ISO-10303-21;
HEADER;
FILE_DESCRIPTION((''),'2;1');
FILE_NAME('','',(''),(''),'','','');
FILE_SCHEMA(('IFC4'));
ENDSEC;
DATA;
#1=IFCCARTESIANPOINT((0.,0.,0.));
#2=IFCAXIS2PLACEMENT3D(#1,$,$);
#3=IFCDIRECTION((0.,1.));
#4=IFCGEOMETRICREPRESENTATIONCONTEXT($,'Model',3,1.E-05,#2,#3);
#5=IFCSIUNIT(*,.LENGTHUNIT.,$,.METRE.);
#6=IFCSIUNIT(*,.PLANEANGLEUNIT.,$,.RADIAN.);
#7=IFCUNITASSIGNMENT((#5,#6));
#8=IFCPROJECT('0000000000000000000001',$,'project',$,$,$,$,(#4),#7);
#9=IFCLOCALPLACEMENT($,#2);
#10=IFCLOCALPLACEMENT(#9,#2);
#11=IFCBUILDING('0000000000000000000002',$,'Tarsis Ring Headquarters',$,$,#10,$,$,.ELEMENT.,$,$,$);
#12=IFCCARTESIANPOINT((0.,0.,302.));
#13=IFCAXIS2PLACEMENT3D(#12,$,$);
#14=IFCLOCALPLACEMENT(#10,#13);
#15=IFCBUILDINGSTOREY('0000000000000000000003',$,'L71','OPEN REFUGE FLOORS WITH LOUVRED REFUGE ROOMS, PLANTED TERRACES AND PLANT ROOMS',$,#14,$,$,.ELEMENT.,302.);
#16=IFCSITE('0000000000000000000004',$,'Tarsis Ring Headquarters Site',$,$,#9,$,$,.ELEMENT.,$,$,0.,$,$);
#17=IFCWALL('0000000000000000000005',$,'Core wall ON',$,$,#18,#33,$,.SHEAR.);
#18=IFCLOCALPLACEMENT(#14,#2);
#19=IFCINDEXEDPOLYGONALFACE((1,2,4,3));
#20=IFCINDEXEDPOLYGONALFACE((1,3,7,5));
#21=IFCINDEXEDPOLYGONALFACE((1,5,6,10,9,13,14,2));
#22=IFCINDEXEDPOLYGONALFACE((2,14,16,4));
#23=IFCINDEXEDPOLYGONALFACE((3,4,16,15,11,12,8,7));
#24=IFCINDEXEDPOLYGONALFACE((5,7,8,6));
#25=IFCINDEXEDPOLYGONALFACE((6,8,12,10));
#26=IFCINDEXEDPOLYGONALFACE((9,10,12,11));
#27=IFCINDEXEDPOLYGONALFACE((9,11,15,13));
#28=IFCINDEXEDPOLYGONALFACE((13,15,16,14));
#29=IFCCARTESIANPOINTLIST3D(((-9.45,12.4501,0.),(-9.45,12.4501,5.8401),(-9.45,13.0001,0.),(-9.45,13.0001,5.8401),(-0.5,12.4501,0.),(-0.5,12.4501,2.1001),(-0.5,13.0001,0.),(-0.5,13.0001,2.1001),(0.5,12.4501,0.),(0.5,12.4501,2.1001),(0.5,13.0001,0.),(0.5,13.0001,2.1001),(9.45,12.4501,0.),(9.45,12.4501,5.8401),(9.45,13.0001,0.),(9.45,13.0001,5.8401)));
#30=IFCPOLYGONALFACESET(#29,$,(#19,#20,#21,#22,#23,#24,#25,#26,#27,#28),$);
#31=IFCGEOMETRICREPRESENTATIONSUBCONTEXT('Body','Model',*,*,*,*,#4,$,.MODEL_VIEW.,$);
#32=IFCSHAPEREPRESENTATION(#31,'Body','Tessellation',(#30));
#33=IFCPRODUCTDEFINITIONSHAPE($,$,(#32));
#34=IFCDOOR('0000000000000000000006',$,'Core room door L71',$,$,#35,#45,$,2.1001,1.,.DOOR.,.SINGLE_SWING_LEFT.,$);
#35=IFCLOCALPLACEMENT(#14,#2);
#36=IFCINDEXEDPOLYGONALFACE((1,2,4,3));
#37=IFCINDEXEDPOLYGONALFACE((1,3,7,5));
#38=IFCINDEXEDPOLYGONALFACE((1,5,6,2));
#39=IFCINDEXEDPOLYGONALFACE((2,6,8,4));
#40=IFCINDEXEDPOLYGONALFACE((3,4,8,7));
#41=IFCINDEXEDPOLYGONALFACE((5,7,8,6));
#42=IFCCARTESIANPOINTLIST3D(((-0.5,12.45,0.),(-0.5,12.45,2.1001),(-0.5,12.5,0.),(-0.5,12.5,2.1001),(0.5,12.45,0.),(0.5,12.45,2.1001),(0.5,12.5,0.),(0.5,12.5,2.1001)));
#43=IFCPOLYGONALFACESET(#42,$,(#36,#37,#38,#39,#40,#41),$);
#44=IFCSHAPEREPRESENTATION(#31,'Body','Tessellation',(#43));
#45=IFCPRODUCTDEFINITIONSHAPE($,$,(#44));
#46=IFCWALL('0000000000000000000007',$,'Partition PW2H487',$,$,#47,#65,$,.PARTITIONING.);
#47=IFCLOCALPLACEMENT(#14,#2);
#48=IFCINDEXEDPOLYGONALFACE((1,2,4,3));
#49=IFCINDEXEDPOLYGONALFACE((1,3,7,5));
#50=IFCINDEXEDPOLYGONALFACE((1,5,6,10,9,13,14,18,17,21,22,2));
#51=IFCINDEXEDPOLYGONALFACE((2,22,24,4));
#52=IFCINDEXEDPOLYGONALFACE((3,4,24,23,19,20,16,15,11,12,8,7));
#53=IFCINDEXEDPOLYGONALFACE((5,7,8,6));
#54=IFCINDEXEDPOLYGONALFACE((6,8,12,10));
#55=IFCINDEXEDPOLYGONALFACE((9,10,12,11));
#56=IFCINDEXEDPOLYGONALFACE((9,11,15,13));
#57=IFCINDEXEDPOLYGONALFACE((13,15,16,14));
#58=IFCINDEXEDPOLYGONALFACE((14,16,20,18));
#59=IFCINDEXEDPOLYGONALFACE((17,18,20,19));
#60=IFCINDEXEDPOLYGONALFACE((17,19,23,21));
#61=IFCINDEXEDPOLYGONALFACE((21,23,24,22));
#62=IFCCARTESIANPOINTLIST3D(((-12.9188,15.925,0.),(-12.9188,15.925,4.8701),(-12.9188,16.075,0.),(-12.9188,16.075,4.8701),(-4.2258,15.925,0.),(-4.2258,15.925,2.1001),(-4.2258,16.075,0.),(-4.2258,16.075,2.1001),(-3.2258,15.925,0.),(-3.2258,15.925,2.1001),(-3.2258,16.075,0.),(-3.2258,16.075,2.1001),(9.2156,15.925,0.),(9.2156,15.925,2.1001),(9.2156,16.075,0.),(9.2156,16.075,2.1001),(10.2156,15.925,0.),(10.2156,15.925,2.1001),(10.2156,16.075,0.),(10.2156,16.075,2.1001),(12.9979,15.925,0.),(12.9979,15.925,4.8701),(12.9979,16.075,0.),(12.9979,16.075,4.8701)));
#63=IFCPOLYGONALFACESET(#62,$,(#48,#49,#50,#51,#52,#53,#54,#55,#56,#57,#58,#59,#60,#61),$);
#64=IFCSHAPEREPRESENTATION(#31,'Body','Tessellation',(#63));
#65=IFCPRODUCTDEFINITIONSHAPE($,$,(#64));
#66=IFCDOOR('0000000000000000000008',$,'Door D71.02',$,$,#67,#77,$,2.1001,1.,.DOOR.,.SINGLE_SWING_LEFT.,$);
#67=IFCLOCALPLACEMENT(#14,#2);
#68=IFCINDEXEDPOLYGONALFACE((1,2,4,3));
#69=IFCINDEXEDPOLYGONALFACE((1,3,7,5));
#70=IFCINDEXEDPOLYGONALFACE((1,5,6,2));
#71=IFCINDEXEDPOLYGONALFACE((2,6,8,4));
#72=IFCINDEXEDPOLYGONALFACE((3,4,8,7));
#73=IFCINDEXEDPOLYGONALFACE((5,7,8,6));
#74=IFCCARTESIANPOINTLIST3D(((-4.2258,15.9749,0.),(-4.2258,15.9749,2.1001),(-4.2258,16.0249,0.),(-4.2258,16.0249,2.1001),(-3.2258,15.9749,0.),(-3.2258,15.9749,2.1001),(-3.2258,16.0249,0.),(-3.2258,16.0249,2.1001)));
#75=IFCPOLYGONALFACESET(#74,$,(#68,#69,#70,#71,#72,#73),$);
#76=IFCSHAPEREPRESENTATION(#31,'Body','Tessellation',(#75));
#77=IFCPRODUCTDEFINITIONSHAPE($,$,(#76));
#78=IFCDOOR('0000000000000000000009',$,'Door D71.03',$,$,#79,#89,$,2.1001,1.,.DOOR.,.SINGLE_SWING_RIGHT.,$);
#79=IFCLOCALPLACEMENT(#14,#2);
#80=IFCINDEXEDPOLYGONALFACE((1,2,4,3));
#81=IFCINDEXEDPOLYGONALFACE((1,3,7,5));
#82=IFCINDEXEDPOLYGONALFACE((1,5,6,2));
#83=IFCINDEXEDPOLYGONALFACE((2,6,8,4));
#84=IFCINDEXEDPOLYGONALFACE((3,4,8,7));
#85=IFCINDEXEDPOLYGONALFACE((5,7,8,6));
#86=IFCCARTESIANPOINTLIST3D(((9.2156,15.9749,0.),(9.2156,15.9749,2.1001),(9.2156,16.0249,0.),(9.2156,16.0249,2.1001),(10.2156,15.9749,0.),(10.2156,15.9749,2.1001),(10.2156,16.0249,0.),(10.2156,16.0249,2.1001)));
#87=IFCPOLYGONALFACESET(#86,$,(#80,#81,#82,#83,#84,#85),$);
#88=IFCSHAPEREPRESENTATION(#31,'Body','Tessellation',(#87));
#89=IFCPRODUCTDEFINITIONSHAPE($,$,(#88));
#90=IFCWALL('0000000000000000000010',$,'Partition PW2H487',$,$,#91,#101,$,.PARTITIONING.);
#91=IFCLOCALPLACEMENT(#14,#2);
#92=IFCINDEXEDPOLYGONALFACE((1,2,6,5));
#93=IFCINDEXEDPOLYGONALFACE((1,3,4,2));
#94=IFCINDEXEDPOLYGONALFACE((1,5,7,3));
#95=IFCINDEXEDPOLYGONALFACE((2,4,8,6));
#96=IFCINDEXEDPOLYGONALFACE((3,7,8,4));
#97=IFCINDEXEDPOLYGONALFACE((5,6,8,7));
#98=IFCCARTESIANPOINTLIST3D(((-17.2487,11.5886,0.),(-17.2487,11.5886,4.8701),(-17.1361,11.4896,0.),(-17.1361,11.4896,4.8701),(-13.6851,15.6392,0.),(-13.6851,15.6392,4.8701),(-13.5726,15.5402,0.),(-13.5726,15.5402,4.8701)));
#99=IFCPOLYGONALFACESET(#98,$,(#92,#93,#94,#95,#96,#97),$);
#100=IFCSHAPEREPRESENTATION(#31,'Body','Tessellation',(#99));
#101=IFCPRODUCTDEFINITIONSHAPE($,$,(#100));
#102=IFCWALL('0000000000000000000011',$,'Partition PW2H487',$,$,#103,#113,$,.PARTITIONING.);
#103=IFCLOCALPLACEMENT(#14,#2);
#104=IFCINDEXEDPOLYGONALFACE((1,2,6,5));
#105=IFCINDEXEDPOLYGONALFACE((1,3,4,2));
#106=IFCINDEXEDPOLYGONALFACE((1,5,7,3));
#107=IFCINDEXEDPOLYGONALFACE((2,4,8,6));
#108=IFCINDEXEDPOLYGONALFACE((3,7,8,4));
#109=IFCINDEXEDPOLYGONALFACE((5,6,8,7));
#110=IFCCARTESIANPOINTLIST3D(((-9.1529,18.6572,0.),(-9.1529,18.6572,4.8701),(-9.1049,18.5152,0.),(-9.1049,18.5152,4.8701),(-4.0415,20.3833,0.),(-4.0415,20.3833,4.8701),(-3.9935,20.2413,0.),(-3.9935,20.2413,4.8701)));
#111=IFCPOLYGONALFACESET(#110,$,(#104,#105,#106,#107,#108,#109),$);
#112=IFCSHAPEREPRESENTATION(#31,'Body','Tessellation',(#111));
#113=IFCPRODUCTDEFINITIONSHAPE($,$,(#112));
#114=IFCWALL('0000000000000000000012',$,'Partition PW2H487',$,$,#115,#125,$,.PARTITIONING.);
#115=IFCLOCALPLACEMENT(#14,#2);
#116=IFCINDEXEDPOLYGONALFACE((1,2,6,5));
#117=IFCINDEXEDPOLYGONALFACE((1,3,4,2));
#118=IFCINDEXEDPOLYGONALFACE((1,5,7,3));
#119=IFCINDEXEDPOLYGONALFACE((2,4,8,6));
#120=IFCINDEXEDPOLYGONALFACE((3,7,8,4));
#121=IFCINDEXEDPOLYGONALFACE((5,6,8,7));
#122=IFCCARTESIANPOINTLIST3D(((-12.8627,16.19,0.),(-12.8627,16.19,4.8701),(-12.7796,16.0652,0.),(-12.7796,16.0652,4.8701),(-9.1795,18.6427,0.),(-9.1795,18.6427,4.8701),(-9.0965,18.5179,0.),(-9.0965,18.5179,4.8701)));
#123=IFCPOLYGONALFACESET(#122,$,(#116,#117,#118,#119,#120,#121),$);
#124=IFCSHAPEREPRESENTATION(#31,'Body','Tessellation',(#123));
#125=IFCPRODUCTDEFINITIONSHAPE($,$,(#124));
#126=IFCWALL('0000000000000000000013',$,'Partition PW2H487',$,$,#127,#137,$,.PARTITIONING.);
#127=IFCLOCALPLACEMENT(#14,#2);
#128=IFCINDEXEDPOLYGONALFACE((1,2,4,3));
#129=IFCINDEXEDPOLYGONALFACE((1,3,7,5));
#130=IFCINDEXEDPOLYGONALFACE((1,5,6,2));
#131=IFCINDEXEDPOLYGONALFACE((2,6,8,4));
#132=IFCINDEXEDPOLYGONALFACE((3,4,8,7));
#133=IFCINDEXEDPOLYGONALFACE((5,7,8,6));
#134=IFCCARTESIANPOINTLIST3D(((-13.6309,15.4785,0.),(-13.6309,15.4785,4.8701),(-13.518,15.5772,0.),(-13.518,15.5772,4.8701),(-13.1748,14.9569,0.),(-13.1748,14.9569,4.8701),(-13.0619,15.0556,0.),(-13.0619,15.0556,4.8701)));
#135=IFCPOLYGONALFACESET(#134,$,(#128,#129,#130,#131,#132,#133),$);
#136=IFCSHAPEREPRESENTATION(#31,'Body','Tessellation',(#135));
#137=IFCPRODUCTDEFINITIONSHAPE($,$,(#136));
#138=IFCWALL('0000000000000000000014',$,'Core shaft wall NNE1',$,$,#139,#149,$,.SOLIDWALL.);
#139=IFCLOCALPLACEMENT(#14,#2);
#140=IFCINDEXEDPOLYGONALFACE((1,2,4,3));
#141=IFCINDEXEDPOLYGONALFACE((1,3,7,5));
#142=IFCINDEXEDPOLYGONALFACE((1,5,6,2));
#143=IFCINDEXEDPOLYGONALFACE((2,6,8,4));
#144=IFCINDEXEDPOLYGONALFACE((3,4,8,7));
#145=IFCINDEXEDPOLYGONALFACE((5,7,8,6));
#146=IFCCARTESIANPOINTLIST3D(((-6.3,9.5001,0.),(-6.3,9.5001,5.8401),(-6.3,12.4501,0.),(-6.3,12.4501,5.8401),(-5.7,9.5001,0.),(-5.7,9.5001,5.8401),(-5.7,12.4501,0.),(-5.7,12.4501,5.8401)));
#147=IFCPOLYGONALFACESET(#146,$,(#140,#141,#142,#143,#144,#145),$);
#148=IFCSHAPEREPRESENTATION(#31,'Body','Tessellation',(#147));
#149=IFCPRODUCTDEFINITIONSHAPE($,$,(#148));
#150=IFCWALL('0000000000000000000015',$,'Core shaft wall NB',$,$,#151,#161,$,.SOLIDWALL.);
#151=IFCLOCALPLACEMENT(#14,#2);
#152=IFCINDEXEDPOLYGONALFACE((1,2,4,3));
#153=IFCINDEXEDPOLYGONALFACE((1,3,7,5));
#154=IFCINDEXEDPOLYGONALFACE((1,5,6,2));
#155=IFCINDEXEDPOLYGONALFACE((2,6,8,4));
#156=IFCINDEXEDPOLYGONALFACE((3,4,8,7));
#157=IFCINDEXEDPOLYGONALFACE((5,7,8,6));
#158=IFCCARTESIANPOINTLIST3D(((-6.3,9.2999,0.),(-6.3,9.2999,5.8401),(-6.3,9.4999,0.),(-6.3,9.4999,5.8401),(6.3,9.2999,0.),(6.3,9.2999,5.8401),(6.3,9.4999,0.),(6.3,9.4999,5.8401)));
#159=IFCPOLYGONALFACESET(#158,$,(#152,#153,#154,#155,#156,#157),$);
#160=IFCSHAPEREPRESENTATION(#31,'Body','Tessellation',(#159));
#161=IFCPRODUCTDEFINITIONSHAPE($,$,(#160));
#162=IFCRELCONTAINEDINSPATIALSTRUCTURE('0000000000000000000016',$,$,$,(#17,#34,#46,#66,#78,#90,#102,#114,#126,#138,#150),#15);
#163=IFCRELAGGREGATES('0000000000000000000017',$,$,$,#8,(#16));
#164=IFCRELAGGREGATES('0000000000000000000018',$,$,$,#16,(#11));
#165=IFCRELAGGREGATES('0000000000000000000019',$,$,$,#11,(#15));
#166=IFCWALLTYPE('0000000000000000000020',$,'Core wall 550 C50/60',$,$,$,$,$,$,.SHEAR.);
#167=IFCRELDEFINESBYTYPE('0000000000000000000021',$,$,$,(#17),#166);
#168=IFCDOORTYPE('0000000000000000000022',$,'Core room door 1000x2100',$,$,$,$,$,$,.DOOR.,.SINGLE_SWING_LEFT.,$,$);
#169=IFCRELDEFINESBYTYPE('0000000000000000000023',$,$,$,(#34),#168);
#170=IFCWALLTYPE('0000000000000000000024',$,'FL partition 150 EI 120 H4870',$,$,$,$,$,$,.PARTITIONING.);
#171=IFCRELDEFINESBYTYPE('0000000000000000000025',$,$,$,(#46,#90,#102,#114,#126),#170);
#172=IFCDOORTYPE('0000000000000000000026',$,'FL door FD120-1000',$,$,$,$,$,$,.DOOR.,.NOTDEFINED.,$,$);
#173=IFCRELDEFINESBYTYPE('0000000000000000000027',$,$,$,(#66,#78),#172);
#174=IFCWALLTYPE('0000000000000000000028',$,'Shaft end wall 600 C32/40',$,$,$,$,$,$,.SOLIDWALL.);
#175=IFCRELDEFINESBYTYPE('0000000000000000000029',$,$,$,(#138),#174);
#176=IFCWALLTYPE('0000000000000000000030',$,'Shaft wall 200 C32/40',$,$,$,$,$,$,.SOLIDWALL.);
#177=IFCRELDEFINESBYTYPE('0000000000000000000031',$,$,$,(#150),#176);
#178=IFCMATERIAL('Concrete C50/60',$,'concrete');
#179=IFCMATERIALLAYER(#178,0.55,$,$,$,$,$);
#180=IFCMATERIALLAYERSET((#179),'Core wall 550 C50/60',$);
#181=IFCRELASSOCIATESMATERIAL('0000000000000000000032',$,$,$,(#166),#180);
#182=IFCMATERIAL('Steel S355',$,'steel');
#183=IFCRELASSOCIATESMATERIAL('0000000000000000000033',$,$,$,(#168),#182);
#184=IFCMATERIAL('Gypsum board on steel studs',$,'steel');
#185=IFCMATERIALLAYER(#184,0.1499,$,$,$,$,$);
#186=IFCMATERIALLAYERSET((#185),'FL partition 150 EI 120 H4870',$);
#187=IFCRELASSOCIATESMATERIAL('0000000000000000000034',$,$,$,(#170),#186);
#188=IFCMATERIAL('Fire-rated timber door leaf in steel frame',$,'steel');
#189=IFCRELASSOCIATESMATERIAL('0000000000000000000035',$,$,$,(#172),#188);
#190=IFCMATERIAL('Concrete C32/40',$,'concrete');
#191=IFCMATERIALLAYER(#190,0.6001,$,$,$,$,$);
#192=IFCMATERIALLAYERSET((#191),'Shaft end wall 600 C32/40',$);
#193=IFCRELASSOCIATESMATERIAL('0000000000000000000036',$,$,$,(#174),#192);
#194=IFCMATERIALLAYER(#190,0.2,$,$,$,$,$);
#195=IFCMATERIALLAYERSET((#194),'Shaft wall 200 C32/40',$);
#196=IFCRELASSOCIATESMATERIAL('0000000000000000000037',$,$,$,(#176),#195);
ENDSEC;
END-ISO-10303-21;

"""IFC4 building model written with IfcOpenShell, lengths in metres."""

from ifc_helpers import new_model, si_unit, direction, frame, frame_2d, origin, place, context, subcontext, project, spatial, rectangle, extrude, material, layer, layer_set, type_object, element, fill, save


model = new_model("IFC4")

# Units and contexts
model_context = context("Model", 3, precision=1e-05, world=origin(), true_north=direction((0.0, 1.0)))
body_context = subcontext(model_context, "Body", "Model", "MODEL_VIEW")
ifc_project = project(units=[si_unit("LENGTHUNIT", "METRE"), si_unit("PLANEANGLEUNIT", "RADIAN")], contexts=[model_context])

# Site, building, storey
site_placement = place(None, origin())
site = spatial("IfcSite", under=ifc_project, at=site_placement, Name="Tarsis Ring Headquarters Site", CompositionType="ELEMENT", RefElevation=0.0)
building_placement = place(site_placement, origin())
building = spatial("IfcBuilding", under=site, at=building_placement, Name="Tarsis Ring Headquarters", CompositionType="ELEMENT")
storey_placement = place(building_placement, frame((0.0, 0.0, 302.0)))
storey = spatial("IfcBuildingStorey", under=building, at=storey_placement, Name="L71", Description="OPEN REFUGE FLOORS WITH LOUVRED REFUGE ROOMS, PLANTED TERRACES AND PLANT ROOMS", CompositionType="ELEMENT", Elevation=302.0)

# Wall, opening, door
ifc_material_1 = material(Name="Concrete C50/60", Category="concrete")
ifc_layer_1 = layer(ifc_material_1, 0.55)
ifc_layer_set_1 = layer_set([ifc_layer_1], Name="Core wall 550 C50/60")
wall_type_1 = type_object("IfcWallType", Name="Core wall 550 C50/60", PredefinedType="SHEAR", material=ifc_layer_set_1)
wall_1_placement = place(storey_placement, frame((-9.45, 12.7251, 0.0), z_axis=(0.0, 0.0, 1.0), x_axis=(1.0, 0.0, 0.0)))
wall_1 = element("IfcWall", 1, at=wall_1_placement, inside=storey, type_object=wall_type_1, Name="Core wall ON", PredefinedType="SHEAR", context=body_context, shape_type="SweptSolid", body=[
    extrude(rectangle(XDim=18.8999, YDim=0.55, at=frame_2d((9.45, 0.0))), origin(), (0.0, 0.0, 1.0), 5.8401),
])
opening_1_placement = place(wall_1_placement, frame((8.95, 0.0, 0.0)))
opening_1 = element("IfcOpeningElement", 2, at=opening_1_placement, cuts=wall_1, PredefinedType="OPENING", context=body_context, shape_type="SweptSolid", body=[
    extrude(rectangle(XDim=1.0, YDim=2.1001, at=frame_2d((0.5, 1.05))), frame((0.0, 0.2849, 0.0), z_axis=(0.0, -1.0, 0.0), x_axis=(1.0, 0.0, 0.0)), (0.0, 0.0, 1.0), 0.5701),
])
ifc_material_2 = material(Name="Steel S355", Category="steel")
door_type_1 = type_object("IfcDoorType", Name="Core room door 1000x2100", OperationType="SINGLE_SWING_LEFT", PredefinedType="DOOR", material=ifc_material_2)
door_1_placement = place(opening_1_placement, origin())
door_1 = element("IfcDoor", 3, at=door_1_placement, inside=storey, type_object=door_type_1, Name="Core room door L71", OperationType="SINGLE_SWING_LEFT", OverallHeight=2.1001, OverallWidth=1.0, PredefinedType="DOOR", context=body_context, shape_type="SweptSolid", body=[
    extrude(rectangle(XDim=1.0, YDim=2.1001, at=frame_2d((0.5, 1.05))), frame((0.0, -0.2251, 0.0), z_axis=(0.0, -1.0, 0.0), x_axis=(1.0, 0.0, 0.0)), (0.0, 0.0, 1.0), 0.05),
])
fill(opening_1, door_1)

# Wall, openings, doors
ifc_material_3 = material(Name="Gypsum board on steel studs", Category="steel")
ifc_layer_2 = layer(ifc_material_3, 0.1499)
ifc_layer_set_2 = layer_set([ifc_layer_2], Name="FL partition 150 EI 120 H4870")
wall_type_2 = type_object("IfcWallType", Name="FL partition 150 EI 120 H4870", PredefinedType="PARTITIONING", material=ifc_layer_set_2)
wall_2_placement = place(storey_placement, frame((-12.9189, 16.0, 0.0), z_axis=(0.0, 0.0, 1.0), x_axis=(1.0, 0.0, 0.0)))
wall_2 = element("IfcWall", 4, at=wall_2_placement, inside=storey, type_object=wall_type_2, Name="Partition PW2H487", PredefinedType="PARTITIONING", context=body_context, shape_type="SweptSolid", body=[
    extrude(rectangle(XDim=25.9167, YDim=0.1499, at=frame_2d((12.9585, 0.0))), origin(), (0.0, 0.0, 1.0), 4.8701),
])
opening_2_placement = place(wall_2_placement, frame((8.6931, 0.0, 0.0)))
opening_2 = element("IfcOpeningElement", 5, at=opening_2_placement, cuts=wall_2, PredefinedType="OPENING", context=body_context, shape_type="SweptSolid", body=[
    extrude(rectangle(XDim=1.0, YDim=2.1001, at=frame_2d((0.5, 1.05))), frame((0.0, 0.085, 0.0), z_axis=(0.0, -1.0, 0.0), x_axis=(1.0, 0.0, 0.0)), (0.0, 0.0, 1.0), 0.1699),
])
opening_3_placement = place(wall_2_placement, frame((22.1345, 0.0, 0.0)))
opening_3 = element("IfcOpeningElement", 6, at=opening_3_placement, cuts=wall_2, PredefinedType="OPENING", context=body_context, shape_type="SweptSolid", body=[
    extrude(rectangle(XDim=1.0, YDim=2.1001, at=frame_2d((0.5, 1.05))), frame((0.0, 0.085, 0.0), z_axis=(0.0, -1.0, 0.0), x_axis=(1.0, 0.0, 0.0)), (0.0, 0.0, 1.0), 0.1699),
])
ifc_material_4 = material(Name="Fire-rated timber door leaf in steel frame", Category="steel")
door_type_2 = type_object("IfcDoorType", Name="FL door FD120-1000", OperationType="NOTDEFINED", PredefinedType="DOOR", material=ifc_material_4)
door_2_placement = place(opening_2_placement, origin())
door_2 = element("IfcDoor", 7, at=door_2_placement, inside=storey, type_object=door_type_2, Name="Door D71.02", OperationType="SINGLE_SWING_LEFT", OverallHeight=2.1001, OverallWidth=1.0, PredefinedType="DOOR", context=body_context, shape_type="SweptSolid", body=[
    extrude(rectangle(XDim=1.0, YDim=2.1001, at=frame_2d((0.5, 1.05))), frame((0.0, 0.0249, 0.0), z_axis=(0.0, -1.0, 0.0), x_axis=(1.0, 0.0, 0.0)), (0.0, 0.0, 1.0), 0.05),
])
fill(opening_2, door_2)
door_3_placement = place(opening_3_placement, origin())
door_3 = element("IfcDoor", 8, at=door_3_placement, inside=storey, type_object=door_type_2, Name="Door D71.03", OperationType="SINGLE_SWING_RIGHT", OverallHeight=2.1001, OverallWidth=1.0, PredefinedType="DOOR", context=body_context, shape_type="SweptSolid", body=[
    extrude(rectangle(XDim=1.0, YDim=2.1001, at=frame_2d((0.5, 1.05))), frame((0.0, 0.0249, 0.0), z_axis=(0.0, -1.0, 0.0), x_axis=(1.0, 0.0, 0.0)), (0.0, 0.0, 1.0), 0.05),
])
fill(opening_3, door_3)

# Walls
for number, where, z_axis, x_axis, name in (
    (9, (-17.1924, 11.5391, 0.0), (0.0, 0.0, 1.0), (0.660524, 0.750805, 0.0), "Partition PW2H487"),
    (10, (-9.1289, 18.5862, 0.0), (0.0, 0.0, 1.0), (0.947436, 0.319945, 0.0), "Partition PW2H487"),
):
    element("IfcWall", number, at=place(storey_placement, frame(where, z_axis=z_axis, x_axis=x_axis)), inside=storey, type_object=wall_type_2, Name=name, PredefinedType="PARTITIONING", context=body_context, shape_type="SweptSolid", body=[
        extrude(rectangle(XDim=5.395, YDim=0.1499, at=frame_2d((2.6975, 0.0))), origin(), (0.0, 0.0, 1.0), 4.8701),
    ])
wall_3_placement = place(storey_placement, frame((-12.821, 16.1277, 0.0), z_axis=(0.0, 0.0, 1.0), x_axis=(0.832339, 0.554267, 0.0)))
element("IfcWall", 11, at=wall_3_placement, inside=storey, type_object=wall_type_2, Name="Partition PW2H487", PredefinedType="PARTITIONING", context=body_context, shape_type="SweptSolid", body=[
    extrude(rectangle(XDim=4.425, YDim=0.1499, at=frame_2d((2.2124, 0.0))), origin(), (0.0, 0.0, 1.0), 4.8701),
])
wall_4_placement = place(storey_placement, frame((-13.5745, 15.5278, 0.0), z_axis=(0.0, 0.0, 1.0), x_axis=(0.658305, -0.752751, 0.0)))
element("IfcWall", 12, at=wall_4_placement, inside=storey, type_object=wall_type_2, Name="Partition PW2H487", PredefinedType="PARTITIONING", context=body_context, shape_type="SweptSolid", body=[
    extrude(rectangle(XDim=0.6929, YDim=0.1499, at=frame_2d((0.3464, 0.0))), origin(), (0.0, 0.0, 1.0), 4.8701),
])
ifc_material_5 = material(Name="Concrete C32/40", Category="concrete")
ifc_layer_3 = layer(ifc_material_5, 0.6001)
ifc_layer_set_3 = layer_set([ifc_layer_3], Name="Shaft end wall 600 C32/40")
wall_type_3 = type_object("IfcWallType", Name="Shaft end wall 600 C32/40", PredefinedType="SOLIDWALL", material=ifc_layer_set_3)
wall_5_placement = place(storey_placement, frame((-6.0, 9.5, 0.0), z_axis=(0.0, 0.0, 1.0), x_axis=(0.0, 1.0, 0.0)))
element("IfcWall", 13, at=wall_5_placement, inside=storey, type_object=wall_type_3, Name="Core shaft wall NNE1", PredefinedType="SOLIDWALL", context=body_context, shape_type="SweptSolid", body=[
    extrude(rectangle(XDim=2.95, YDim=0.6001, at=frame_2d((1.4751, 0.0))), origin(), (0.0, 0.0, 1.0), 5.8401),
])
ifc_layer_4 = layer(ifc_material_5, 0.2)
ifc_layer_set_4 = layer_set([ifc_layer_4], Name="Shaft wall 200 C32/40")
wall_type_4 = type_object("IfcWallType", Name="Shaft wall 200 C32/40", PredefinedType="SOLIDWALL", material=ifc_layer_set_4)
wall_6_placement = place(storey_placement, frame((-6.3, 9.3999, 0.0), z_axis=(0.0, 0.0, 1.0), x_axis=(1.0, 0.0, 0.0)))
element("IfcWall", 14, at=wall_6_placement, inside=storey, type_object=wall_type_4, Name="Core shaft wall NB", PredefinedType="SOLIDWALL", context=body_context, shape_type="SweptSolid", body=[
    extrude(rectangle(XDim=12.6001, YDim=0.2, at=frame_2d((6.3, 0.0))), origin(), (0.0, 0.0, 1.0), 5.8401),
])

save(model, "model.ifc")
